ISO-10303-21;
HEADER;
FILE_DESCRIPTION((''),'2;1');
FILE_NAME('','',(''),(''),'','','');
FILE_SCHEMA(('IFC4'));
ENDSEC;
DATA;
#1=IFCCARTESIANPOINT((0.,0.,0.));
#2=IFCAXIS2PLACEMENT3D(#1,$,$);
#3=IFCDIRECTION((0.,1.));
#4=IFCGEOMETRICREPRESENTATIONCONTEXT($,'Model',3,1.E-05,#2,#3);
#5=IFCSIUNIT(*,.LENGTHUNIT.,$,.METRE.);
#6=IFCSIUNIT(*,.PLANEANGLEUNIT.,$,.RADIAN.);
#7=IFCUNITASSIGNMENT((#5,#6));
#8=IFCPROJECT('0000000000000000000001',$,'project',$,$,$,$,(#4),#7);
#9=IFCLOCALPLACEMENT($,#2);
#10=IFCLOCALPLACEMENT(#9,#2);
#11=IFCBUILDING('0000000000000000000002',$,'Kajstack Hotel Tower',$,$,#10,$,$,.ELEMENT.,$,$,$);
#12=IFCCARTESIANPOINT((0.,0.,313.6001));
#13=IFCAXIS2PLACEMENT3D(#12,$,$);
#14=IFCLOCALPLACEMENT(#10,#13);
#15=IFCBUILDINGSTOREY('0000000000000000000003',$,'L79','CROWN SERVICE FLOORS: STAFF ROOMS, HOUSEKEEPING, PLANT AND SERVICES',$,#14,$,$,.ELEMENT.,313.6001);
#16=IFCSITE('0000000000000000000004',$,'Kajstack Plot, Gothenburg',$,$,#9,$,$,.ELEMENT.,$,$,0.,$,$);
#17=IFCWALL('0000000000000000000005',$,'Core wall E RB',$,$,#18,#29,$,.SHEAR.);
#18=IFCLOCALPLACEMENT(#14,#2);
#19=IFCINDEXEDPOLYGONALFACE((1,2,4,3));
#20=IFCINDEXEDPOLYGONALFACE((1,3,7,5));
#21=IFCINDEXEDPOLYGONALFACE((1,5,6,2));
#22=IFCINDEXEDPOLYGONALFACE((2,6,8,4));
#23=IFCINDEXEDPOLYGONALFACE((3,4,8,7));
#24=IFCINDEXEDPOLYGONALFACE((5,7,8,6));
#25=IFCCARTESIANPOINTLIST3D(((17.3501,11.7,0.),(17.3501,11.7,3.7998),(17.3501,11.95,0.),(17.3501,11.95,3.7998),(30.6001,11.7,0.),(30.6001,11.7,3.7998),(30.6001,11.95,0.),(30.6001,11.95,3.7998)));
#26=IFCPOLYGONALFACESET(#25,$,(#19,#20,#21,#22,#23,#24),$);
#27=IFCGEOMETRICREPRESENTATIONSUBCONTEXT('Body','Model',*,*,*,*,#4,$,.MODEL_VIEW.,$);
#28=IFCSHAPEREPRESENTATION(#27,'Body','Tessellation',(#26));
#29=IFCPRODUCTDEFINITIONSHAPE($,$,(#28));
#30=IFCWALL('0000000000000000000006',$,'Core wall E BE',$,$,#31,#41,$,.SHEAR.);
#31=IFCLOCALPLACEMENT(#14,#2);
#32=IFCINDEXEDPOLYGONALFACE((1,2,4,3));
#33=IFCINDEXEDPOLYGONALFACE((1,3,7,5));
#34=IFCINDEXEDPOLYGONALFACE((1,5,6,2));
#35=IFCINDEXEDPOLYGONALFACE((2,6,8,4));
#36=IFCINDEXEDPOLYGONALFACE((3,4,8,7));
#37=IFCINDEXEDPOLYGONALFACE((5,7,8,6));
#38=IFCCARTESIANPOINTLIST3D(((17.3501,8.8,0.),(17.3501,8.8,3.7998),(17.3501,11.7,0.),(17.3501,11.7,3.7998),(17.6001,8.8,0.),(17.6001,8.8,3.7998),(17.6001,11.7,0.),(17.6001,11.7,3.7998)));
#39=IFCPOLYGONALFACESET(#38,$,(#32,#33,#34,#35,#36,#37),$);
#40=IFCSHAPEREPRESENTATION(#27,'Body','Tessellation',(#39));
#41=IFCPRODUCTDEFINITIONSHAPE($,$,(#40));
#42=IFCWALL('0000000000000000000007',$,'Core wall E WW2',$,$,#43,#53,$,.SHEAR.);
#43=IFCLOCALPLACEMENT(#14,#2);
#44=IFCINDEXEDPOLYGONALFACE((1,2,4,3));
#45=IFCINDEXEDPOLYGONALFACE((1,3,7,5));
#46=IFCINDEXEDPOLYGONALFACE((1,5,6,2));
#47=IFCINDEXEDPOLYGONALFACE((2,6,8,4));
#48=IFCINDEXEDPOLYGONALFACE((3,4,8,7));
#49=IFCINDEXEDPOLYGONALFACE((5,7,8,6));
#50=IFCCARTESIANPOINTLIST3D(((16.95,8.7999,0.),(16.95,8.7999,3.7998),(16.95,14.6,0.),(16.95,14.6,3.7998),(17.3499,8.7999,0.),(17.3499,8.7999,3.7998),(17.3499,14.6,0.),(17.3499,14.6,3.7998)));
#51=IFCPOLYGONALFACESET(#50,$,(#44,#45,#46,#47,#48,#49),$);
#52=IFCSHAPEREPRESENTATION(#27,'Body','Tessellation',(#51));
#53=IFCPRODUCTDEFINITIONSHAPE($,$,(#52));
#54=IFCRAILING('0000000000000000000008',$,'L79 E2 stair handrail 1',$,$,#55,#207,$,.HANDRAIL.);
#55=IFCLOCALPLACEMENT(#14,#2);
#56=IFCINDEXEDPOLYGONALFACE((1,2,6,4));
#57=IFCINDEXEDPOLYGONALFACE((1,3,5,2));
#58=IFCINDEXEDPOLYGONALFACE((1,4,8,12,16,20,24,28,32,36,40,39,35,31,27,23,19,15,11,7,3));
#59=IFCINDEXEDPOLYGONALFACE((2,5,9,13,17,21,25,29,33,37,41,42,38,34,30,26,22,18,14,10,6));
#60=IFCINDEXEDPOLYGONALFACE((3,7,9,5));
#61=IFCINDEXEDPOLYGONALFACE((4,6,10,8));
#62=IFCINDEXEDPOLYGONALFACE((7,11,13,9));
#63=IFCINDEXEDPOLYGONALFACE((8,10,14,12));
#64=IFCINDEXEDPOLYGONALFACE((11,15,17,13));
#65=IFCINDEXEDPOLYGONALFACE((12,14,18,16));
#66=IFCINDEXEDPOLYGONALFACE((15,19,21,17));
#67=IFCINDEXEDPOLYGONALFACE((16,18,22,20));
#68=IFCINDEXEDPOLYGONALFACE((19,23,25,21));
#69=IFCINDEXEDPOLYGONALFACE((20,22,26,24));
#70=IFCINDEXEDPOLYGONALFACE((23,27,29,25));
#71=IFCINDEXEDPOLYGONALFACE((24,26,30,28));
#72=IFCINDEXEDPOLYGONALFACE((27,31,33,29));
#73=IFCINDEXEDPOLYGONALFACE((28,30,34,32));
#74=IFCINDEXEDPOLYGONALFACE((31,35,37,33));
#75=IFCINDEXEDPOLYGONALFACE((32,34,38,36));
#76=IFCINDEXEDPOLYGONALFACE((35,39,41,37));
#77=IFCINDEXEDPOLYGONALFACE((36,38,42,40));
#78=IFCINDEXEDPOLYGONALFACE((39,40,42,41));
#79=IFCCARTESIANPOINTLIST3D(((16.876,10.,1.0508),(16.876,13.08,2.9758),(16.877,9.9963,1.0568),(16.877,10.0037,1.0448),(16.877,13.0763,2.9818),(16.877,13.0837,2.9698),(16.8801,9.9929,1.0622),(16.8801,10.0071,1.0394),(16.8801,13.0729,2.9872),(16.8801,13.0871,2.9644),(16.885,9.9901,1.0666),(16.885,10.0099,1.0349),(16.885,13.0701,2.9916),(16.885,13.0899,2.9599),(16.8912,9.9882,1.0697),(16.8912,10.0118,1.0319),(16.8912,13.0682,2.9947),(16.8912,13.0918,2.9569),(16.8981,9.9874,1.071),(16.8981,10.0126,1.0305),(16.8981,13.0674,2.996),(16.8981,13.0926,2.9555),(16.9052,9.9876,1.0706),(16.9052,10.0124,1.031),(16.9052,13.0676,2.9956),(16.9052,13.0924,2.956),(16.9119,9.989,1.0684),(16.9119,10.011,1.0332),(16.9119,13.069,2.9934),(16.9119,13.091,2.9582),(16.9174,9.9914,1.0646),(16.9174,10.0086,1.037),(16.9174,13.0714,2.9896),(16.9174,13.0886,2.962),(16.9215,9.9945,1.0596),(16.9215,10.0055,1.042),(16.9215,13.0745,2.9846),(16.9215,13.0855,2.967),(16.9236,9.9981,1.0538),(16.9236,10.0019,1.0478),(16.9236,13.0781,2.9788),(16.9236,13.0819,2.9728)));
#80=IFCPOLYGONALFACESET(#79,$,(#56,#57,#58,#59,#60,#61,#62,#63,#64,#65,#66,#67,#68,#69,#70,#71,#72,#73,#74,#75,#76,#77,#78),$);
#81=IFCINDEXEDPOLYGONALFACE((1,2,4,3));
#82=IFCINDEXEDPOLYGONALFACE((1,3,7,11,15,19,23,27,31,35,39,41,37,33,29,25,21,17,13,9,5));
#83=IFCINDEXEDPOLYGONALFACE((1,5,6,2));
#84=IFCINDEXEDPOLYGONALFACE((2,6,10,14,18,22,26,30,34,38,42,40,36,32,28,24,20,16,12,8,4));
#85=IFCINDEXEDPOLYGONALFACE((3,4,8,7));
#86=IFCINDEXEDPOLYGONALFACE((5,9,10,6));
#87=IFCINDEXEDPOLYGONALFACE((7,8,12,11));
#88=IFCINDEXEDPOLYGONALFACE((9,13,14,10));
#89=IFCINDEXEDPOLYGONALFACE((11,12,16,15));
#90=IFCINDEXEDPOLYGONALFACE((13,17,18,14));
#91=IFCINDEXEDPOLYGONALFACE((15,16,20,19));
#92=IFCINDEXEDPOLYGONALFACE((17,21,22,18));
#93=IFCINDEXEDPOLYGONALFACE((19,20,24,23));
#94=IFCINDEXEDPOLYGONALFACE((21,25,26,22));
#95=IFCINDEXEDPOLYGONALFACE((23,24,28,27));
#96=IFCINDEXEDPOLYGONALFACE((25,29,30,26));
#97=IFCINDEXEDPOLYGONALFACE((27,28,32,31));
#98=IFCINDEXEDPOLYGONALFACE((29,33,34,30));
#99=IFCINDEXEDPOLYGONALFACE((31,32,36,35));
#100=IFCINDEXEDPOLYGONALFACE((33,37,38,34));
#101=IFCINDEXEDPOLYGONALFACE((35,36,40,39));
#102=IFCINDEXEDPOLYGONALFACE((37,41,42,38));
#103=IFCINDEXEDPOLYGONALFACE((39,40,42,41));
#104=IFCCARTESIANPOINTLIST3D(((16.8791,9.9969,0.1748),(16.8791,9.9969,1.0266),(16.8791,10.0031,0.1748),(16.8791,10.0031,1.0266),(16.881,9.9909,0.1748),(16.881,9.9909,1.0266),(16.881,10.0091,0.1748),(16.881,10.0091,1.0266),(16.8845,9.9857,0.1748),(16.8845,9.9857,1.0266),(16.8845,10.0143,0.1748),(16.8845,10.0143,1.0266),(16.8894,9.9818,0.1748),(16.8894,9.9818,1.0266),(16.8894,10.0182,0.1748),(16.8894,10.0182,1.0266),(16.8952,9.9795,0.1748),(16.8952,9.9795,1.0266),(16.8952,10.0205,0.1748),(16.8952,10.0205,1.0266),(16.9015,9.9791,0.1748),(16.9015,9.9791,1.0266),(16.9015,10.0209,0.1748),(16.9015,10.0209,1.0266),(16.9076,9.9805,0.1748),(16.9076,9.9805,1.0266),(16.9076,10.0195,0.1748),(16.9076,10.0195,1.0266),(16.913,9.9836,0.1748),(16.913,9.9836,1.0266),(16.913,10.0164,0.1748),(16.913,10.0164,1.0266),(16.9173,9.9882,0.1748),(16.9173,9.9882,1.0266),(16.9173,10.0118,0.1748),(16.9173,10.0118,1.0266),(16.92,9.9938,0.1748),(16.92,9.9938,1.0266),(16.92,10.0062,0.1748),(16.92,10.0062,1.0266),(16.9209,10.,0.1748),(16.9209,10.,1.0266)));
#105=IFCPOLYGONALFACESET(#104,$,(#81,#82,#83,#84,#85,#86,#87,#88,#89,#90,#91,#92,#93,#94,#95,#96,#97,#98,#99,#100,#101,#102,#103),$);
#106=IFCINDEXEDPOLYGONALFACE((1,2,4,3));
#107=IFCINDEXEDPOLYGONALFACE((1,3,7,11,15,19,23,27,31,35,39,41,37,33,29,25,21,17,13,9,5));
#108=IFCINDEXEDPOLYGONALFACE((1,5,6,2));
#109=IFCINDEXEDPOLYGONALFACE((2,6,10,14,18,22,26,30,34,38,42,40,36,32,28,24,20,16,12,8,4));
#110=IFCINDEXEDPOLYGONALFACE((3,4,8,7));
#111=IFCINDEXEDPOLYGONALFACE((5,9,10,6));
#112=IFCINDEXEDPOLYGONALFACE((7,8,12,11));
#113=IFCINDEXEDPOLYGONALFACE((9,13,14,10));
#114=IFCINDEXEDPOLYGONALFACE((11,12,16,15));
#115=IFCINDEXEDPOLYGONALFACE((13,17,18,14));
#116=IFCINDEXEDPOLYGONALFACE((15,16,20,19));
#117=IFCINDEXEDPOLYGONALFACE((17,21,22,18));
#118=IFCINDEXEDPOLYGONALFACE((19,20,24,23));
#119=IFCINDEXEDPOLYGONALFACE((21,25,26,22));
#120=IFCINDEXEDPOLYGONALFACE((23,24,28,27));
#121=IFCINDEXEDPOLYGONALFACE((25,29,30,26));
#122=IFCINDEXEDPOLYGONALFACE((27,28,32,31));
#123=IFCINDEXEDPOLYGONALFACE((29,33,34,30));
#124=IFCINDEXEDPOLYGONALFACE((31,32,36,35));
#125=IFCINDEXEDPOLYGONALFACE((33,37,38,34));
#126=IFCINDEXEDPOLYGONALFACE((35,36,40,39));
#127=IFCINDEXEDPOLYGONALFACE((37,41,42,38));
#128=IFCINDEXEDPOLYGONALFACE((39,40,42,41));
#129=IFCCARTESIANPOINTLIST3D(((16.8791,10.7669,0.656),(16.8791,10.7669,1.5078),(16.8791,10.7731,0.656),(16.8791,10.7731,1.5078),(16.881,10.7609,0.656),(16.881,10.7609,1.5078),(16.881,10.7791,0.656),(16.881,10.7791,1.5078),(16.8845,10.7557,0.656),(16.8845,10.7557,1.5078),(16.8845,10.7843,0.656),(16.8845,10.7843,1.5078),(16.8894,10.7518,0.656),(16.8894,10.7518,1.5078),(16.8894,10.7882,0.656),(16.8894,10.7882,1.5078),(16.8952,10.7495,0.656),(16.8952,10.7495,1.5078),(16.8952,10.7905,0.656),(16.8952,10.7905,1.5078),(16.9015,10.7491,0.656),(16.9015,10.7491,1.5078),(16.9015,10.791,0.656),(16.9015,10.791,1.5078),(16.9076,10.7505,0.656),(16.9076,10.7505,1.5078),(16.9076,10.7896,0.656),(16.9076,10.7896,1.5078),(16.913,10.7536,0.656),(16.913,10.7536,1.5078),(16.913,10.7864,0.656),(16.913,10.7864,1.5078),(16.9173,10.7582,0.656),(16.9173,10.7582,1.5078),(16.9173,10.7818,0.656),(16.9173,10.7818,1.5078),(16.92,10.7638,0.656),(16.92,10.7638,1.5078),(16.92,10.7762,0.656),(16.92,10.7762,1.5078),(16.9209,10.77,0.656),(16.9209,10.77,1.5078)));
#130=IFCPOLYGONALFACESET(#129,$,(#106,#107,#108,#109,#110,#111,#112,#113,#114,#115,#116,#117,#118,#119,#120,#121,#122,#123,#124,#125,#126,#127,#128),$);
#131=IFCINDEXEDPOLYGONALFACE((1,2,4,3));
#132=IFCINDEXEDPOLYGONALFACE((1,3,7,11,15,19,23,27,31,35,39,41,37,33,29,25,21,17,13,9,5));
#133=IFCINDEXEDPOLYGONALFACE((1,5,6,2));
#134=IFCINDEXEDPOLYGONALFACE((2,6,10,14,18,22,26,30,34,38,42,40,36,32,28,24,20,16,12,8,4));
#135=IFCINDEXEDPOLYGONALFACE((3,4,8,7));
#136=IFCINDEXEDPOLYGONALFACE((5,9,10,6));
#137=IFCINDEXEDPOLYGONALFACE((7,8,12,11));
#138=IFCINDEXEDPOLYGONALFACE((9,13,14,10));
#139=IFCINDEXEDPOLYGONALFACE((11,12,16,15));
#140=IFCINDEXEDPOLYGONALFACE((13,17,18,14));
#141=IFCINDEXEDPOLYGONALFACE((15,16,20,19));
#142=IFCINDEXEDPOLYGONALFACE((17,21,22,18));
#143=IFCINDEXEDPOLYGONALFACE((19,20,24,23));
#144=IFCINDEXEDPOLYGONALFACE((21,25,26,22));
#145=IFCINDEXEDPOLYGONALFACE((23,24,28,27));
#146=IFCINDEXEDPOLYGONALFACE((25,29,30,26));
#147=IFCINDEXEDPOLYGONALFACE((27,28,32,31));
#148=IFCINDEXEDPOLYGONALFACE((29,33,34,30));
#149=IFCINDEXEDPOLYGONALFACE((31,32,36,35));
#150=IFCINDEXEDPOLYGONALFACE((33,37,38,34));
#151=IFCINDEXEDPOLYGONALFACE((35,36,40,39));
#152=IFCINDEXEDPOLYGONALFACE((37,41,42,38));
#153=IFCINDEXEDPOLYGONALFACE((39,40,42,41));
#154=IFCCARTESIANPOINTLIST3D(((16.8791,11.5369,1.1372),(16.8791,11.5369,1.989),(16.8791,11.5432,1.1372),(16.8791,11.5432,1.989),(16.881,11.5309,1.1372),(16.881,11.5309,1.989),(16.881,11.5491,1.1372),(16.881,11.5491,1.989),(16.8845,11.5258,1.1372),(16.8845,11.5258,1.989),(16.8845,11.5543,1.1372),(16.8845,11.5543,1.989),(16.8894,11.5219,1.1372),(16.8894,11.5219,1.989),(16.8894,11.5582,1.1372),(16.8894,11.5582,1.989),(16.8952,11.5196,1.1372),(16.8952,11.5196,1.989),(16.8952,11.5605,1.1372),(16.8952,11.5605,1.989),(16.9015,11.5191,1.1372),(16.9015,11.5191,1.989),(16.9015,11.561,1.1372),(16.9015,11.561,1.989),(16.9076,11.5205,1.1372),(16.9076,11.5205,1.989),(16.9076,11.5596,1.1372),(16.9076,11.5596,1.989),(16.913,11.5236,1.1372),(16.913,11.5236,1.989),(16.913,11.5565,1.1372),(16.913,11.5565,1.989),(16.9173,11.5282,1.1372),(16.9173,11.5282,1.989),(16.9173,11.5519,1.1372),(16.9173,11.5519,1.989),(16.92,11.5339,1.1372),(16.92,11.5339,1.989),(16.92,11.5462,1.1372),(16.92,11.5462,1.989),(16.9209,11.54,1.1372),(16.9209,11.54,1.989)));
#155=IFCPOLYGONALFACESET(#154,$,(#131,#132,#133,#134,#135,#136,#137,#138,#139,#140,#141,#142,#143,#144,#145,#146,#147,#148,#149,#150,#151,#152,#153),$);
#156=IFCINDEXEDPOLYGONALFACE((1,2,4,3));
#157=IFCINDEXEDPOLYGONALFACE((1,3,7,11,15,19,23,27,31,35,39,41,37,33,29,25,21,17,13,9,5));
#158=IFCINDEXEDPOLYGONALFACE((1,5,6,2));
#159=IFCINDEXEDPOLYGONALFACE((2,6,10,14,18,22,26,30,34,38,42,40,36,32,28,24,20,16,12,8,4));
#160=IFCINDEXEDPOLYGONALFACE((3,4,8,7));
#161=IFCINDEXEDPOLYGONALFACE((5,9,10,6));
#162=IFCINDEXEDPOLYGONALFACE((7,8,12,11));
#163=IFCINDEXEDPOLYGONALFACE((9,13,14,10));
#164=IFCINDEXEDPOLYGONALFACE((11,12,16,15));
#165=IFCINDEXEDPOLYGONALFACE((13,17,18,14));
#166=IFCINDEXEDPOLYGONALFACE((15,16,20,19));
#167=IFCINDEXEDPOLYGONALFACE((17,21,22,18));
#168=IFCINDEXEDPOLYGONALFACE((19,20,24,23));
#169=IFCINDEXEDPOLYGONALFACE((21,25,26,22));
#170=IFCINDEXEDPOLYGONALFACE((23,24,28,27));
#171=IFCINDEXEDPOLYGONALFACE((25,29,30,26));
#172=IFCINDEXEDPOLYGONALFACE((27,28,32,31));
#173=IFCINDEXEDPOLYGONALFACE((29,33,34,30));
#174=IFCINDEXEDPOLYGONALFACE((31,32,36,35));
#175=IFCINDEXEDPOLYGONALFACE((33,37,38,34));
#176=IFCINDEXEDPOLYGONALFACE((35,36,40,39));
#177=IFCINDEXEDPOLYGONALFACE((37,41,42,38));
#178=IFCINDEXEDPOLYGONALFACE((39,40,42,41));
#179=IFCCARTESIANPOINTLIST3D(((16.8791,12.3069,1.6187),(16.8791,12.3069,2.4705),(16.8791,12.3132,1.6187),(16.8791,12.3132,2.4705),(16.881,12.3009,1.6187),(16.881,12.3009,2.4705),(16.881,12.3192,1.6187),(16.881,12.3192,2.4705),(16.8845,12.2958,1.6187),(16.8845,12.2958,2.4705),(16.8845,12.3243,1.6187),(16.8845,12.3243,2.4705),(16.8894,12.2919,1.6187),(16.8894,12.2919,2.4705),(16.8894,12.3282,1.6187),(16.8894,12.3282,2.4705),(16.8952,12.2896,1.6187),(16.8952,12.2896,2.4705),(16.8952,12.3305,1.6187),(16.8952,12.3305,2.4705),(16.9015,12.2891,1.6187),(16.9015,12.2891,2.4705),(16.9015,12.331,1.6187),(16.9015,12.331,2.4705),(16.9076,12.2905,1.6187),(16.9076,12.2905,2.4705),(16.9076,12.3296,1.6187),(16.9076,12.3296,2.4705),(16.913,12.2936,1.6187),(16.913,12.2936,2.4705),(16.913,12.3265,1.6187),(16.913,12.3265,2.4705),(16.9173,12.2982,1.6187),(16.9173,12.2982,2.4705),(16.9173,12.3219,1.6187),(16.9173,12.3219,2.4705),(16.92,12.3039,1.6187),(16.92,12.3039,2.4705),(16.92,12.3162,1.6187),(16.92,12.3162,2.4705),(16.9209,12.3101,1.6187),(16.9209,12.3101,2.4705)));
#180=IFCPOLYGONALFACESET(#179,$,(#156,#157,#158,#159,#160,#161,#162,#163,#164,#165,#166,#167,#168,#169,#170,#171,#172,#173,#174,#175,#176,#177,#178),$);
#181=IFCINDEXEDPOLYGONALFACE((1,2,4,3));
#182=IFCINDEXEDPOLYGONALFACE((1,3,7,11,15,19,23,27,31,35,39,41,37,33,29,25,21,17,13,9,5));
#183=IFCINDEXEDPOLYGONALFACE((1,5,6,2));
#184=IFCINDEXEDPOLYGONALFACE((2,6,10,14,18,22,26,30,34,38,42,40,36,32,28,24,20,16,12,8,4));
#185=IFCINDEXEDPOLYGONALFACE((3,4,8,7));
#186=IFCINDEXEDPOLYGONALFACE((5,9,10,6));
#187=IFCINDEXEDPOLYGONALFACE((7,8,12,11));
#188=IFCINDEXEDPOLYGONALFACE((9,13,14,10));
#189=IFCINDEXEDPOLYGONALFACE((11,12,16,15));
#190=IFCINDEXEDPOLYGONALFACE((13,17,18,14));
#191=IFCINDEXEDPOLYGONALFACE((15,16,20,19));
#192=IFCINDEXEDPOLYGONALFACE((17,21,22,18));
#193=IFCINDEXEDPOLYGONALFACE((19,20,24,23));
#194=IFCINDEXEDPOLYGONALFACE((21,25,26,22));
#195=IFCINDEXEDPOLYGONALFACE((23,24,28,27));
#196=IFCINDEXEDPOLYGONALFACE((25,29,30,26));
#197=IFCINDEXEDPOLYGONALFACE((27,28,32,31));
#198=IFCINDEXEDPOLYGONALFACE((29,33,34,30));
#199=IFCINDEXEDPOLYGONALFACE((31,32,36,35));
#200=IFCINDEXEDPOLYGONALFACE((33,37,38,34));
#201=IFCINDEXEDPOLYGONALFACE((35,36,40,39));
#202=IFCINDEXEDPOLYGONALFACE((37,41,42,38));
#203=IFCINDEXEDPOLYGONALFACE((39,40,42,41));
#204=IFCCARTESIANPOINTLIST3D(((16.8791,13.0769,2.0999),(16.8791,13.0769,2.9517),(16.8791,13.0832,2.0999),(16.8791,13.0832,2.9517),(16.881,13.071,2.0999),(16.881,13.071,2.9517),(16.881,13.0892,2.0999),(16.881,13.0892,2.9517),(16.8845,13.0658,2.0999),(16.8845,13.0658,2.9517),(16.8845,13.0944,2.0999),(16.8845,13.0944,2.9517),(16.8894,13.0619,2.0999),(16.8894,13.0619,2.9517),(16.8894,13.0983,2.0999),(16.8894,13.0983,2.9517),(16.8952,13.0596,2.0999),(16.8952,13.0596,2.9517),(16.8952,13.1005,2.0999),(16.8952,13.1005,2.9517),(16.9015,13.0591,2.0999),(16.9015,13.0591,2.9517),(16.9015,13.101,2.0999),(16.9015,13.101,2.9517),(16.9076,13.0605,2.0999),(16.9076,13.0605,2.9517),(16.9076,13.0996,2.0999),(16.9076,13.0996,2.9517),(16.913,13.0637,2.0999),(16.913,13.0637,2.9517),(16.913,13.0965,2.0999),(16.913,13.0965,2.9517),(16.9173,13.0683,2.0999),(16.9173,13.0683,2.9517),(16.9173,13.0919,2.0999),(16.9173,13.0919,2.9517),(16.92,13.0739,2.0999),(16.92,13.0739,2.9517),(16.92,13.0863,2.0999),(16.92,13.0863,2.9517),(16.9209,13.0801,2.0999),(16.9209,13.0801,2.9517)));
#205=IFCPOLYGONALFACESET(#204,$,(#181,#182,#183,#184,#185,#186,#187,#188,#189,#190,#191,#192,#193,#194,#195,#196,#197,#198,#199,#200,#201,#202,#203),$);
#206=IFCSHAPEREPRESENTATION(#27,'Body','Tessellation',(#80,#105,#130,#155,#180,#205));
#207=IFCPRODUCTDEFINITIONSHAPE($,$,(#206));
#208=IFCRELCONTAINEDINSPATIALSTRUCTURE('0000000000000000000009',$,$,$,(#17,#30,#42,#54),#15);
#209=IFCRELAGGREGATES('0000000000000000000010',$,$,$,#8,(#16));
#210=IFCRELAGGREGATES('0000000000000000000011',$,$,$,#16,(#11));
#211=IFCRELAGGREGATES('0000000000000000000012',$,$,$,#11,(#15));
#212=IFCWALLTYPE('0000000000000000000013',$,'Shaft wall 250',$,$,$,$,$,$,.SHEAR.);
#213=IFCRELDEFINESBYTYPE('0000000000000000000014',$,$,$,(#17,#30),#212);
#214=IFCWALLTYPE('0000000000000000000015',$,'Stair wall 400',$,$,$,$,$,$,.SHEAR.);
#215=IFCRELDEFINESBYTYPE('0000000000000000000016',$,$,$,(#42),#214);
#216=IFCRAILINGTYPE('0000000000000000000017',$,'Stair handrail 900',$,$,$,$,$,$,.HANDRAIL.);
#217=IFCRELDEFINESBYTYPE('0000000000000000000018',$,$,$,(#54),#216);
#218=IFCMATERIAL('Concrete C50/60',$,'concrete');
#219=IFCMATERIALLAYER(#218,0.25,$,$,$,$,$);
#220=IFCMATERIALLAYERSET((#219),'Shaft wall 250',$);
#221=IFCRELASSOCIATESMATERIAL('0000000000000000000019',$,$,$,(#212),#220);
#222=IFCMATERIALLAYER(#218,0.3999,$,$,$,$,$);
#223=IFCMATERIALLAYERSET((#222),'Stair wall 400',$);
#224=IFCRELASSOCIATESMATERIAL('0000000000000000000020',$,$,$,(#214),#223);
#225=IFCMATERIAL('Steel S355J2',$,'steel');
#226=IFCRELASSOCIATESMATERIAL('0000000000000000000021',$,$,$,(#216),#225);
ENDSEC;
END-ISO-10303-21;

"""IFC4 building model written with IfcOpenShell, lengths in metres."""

from ifc_helpers import new_model, si_unit, direction, frame, frame_2d, origin, origin_2d, place, context, subcontext, project, spatial, rectangle, circle, extrude, material, layer, layer_set, type_object, element, save


model = new_model("IFC4")

# Units and contexts
model_context = context("Model", 3, precision=1e-05, world=origin(), true_north=direction((0.0, 1.0)))
body_context = subcontext(model_context, "Body", "Model", "MODEL_VIEW")
ifc_project = project(units=[si_unit("LENGTHUNIT", "METRE"), si_unit("PLANEANGLEUNIT", "RADIAN")], contexts=[model_context])

# Site, building, storey
site_placement = place(None, origin())
site = spatial("IfcSite", under=ifc_project, at=site_placement, Name="Kajstack Plot, Gothenburg", CompositionType="ELEMENT", RefElevation=0.0)
building_placement = place(site_placement, origin())
building = spatial("IfcBuilding", under=site, at=building_placement, Name="Kajstack Hotel Tower", CompositionType="ELEMENT")
storey_placement = place(building_placement, frame((0.0, 0.0, 313.6001)))
storey = spatial("IfcBuildingStorey", under=building, at=storey_placement, Name="L79", Description="CROWN SERVICE FLOORS: STAFF ROOMS, HOUSEKEEPING, PLANT AND SERVICES", CompositionType="ELEMENT", Elevation=313.6001)

# Shared definitions
ifc_material_1 = material(Name="Concrete C50/60", Category="concrete")
ifc_layer_1 = layer(ifc_material_1, 0.25)
ifc_layer_set_1 = layer_set([ifc_layer_1], Name="Shaft wall 250")
wall_type_1 = type_object("IfcWallType", Name="Shaft wall 250", PredefinedType="SHEAR", material=ifc_layer_set_1)

# Walls
wall_1_placement = place(storey_placement, frame((17.3501, 11.825, 0.0), z_axis=(0.0, 0.0, 1.0), x_axis=(1.0, 0.0, 0.0)))
element("IfcWall", 1, at=wall_1_placement, inside=storey, type_object=wall_type_1, Name="Core wall E RB", PredefinedType="SHEAR", context=body_context, shape_type="SweptSolid", body=[
    extrude(rectangle(XDim=13.25, YDim=0.25, at=frame_2d((6.625, 0.0))), origin(), (0.0, 0.0, 1.0), 3.7998),
])
wall_2_placement = place(storey_placement, frame((17.4751, 8.8, 0.0), z_axis=(0.0, 0.0, 1.0), x_axis=(0.0, 1.0, 0.0)))
element("IfcWall", 2, at=wall_2_placement, inside=storey, type_object=wall_type_1, Name="Core wall E BE", PredefinedType="SHEAR", context=body_context, shape_type="SweptSolid", body=[
    extrude(rectangle(XDim=2.8999, YDim=0.25, at=frame_2d((1.45, 0.0))), origin(), (0.0, 0.0, 1.0), 3.7998),
])
ifc_layer_2 = layer(ifc_material_1, 0.3999)
ifc_layer_set_2 = layer_set([ifc_layer_2], Name="Stair wall 400")
wall_type_2 = type_object("IfcWallType", Name="Stair wall 400", PredefinedType="SHEAR", material=ifc_layer_set_2)
wall_3_placement = place(storey_placement, frame((17.1499, 8.8, 0.0), z_axis=(0.0, 0.0, 1.0), x_axis=(0.0, 1.0, 0.0)))
element("IfcWall", 3, at=wall_3_placement, inside=storey, type_object=wall_type_2, Name="Core wall E WW2", PredefinedType="SHEAR", context=body_context, shape_type="SweptSolid", body=[
    extrude(rectangle(XDim=5.8, YDim=0.3999, at=frame_2d((2.8999, 0.0))), origin(), (0.0, 0.0, 1.0), 3.7998),
])

# Railing
ifc_material_2 = material(Name="Steel S355J2", Category="steel")
railing_type_1 = type_object("IfcRailingType", Name="Stair handrail 900", PredefinedType="HANDRAIL", material=ifc_material_2)
railing_1_placement = place(storey_placement, frame((16.8999, 10.0, 0.1748)))
element("IfcRailing", 4, at=railing_1_placement, inside=storey, type_object=railing_type_1, Name="L79 E2 stair handrail 1", PredefinedType="HANDRAIL", context=body_context, shape_type="SweptSolid", body=[
    extrude(circle(Radius=0.0239, at=origin_2d()), frame((0.0, 0.0, 0.876), z_axis=(0.0, 0.847998, 0.529999), x_axis=(-1.0, 0.0, 0.0)), (0.0, 0.0, 1.0), 3.6321),
    extrude(circle(Radius=0.021, at=origin_2d()), origin(), (0.0, 0.0, 1.0), 0.8518),
    extrude(circle(Radius=0.021, at=origin_2d()), frame((0.0, 0.77, 0.4812)), (0.0, 0.0, 1.0), 0.8518),
    extrude(circle(Radius=0.021, at=origin_2d()), frame((0.0, 1.54, 0.9624)), (0.0, 0.0, 1.0), 0.8518),
    extrude(circle(Radius=0.021, at=origin_2d()), frame((0.0, 2.3101, 1.4438)), (0.0, 0.0, 1.0), 0.8518),
    extrude(circle(Radius=0.021, at=origin_2d()), frame((0.0, 3.0801, 1.925)), (0.0, 0.0, 1.0), 0.8518),
])

save(model, "model.ifc")
